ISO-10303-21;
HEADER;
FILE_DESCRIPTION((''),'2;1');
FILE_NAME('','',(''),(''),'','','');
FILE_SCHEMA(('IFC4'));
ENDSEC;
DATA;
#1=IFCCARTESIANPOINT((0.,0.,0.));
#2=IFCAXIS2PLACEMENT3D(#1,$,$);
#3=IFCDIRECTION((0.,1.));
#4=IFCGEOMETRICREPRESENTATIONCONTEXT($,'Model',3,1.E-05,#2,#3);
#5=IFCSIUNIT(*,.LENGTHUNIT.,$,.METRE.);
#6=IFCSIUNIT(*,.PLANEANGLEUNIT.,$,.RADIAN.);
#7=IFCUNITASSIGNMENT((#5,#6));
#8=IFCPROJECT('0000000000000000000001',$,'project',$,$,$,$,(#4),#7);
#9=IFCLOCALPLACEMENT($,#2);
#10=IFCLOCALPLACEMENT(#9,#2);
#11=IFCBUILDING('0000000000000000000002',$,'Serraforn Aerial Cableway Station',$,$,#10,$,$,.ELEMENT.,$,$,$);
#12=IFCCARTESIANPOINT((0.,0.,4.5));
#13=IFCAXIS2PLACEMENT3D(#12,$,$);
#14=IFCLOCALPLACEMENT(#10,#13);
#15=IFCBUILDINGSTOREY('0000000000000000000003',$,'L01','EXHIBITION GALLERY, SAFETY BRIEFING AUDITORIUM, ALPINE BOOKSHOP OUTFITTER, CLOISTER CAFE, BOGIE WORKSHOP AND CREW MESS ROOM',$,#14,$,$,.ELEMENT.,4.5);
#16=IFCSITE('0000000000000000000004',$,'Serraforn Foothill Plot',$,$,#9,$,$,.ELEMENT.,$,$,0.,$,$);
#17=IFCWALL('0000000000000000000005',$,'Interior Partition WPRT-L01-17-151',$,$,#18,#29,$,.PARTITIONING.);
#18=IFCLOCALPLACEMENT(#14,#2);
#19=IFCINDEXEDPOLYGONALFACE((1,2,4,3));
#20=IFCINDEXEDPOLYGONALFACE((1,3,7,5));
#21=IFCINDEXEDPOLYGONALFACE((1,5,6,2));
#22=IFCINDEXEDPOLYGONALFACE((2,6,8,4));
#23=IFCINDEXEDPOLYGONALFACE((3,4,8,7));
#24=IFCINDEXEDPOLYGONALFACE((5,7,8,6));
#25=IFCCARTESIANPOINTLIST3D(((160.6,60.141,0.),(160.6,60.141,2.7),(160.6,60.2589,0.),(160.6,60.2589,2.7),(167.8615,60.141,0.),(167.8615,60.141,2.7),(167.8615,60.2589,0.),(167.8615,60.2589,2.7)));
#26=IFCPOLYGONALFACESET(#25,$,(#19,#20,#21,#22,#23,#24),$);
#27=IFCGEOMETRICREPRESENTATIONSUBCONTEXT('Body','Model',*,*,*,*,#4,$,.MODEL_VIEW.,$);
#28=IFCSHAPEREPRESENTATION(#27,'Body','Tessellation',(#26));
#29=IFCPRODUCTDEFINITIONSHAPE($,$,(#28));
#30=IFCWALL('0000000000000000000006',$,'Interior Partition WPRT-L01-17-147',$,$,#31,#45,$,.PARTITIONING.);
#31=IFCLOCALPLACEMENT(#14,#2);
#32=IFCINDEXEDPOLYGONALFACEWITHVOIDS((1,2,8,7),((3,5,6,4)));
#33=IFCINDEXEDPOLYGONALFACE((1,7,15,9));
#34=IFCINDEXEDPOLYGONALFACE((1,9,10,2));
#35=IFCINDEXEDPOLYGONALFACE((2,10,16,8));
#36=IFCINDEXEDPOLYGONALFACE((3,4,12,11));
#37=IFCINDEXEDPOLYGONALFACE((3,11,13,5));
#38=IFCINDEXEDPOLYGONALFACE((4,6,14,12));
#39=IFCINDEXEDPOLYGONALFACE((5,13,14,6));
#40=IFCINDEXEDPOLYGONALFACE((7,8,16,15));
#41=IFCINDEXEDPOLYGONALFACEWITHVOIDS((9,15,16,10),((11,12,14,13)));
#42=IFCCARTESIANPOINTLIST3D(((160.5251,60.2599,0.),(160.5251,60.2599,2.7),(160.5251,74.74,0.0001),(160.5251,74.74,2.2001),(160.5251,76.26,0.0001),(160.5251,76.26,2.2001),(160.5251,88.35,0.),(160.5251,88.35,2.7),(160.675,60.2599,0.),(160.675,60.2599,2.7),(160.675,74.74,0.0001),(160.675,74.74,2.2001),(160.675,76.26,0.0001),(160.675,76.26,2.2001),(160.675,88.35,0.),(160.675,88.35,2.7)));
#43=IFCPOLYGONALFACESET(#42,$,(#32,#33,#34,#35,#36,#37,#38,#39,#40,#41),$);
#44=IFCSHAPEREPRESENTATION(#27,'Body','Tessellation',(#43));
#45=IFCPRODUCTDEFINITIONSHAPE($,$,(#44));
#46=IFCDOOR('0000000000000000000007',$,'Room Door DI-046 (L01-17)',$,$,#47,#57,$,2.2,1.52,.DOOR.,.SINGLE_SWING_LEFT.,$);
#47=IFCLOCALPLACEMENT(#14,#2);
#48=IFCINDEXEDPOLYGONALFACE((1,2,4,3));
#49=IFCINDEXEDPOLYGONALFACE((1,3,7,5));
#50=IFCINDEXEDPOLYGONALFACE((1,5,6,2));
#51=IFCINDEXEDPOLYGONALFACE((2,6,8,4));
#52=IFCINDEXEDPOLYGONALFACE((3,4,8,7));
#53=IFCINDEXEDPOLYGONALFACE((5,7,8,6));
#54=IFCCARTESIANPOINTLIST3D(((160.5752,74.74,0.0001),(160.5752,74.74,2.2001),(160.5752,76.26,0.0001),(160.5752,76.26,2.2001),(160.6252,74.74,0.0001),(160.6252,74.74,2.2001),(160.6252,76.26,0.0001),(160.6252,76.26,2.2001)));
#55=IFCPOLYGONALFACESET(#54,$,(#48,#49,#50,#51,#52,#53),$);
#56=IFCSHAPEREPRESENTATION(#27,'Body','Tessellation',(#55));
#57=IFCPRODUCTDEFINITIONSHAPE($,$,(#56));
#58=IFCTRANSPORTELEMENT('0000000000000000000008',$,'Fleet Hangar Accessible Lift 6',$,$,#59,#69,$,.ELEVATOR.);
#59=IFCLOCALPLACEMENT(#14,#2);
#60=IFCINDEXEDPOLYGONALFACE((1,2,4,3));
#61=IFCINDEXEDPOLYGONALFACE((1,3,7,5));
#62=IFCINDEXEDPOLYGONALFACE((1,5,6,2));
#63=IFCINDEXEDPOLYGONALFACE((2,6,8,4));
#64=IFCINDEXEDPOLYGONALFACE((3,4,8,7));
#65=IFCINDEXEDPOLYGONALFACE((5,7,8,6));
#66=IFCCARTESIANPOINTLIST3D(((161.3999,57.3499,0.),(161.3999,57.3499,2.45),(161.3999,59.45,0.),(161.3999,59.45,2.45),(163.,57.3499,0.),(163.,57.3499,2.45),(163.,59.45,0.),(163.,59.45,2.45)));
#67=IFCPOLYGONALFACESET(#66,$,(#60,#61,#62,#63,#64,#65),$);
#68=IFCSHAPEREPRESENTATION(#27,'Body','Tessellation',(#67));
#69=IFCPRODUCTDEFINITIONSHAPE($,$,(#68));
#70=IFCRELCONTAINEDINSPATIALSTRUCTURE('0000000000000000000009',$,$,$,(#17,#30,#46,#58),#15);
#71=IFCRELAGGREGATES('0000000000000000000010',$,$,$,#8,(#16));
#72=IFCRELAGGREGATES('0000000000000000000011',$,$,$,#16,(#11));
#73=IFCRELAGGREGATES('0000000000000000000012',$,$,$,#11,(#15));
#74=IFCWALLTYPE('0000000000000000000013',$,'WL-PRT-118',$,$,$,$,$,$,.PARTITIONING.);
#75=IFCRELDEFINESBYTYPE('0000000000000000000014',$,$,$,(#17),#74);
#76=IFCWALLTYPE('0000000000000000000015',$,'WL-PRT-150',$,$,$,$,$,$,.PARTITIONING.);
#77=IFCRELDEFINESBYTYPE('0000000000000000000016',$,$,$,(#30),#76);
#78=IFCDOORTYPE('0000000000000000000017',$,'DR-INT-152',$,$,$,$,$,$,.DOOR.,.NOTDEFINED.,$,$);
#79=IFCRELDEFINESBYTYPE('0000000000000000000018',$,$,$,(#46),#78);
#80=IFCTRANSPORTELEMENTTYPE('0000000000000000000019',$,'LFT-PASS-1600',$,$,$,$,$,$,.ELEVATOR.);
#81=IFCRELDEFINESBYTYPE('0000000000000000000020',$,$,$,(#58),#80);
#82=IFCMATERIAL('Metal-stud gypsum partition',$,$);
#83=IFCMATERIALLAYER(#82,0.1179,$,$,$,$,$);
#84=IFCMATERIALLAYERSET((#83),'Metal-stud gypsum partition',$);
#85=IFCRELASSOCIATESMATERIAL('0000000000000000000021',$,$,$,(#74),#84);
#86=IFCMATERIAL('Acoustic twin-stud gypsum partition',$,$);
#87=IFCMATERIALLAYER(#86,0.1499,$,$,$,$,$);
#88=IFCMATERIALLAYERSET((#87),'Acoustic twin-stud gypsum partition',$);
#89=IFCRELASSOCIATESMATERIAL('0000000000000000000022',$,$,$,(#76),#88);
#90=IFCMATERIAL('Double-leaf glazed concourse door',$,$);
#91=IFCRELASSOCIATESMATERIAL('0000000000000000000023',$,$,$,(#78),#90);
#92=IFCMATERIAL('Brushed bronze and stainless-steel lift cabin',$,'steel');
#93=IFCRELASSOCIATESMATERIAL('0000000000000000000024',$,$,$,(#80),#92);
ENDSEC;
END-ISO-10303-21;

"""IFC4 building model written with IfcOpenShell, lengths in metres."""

from ifc_helpers import new_model, si_unit, direction, frame, frame_2d, origin, origin_2d, place, context, subcontext, project, spatial, rectangle, extrude, material, layer, layer_set, type_object, element, fill, save


model = new_model("IFC4")

# Units and contexts
model_context = context("Model", 3, precision=1e-05, world=origin(), true_north=direction((0.0, 1.0)))
body_context = subcontext(model_context, "Body", "Model", "MODEL_VIEW")
ifc_project = project(units=[si_unit("LENGTHUNIT", "METRE"), si_unit("PLANEANGLEUNIT", "RADIAN")], contexts=[model_context])

# Site, building, storey
site_placement = place(None, origin())
site = spatial("IfcSite", under=ifc_project, at=site_placement, Name="Serraforn Foothill Plot", CompositionType="ELEMENT", RefElevation=0.0)
building_placement = place(site_placement, origin())
building = spatial("IfcBuilding", under=site, at=building_placement, Name="Serraforn Aerial Cableway Station", CompositionType="ELEMENT")
storey_placement = place(building_placement, frame((0.0, 0.0, 4.5)))
storey = spatial("IfcBuildingStorey", under=building, at=storey_placement, Name="L01", Description="EXHIBITION GALLERY, SAFETY BRIEFING AUDITORIUM, ALPINE BOOKSHOP OUTFITTER, CLOISTER CAFE, BOGIE WORKSHOP AND CREW MESS ROOM", CompositionType="ELEMENT", Elevation=4.5)

# Wall
ifc_material_1 = material(Name="Metal-stud gypsum partition")
ifc_layer_1 = layer(ifc_material_1, 0.1179)
ifc_layer_set_1 = layer_set([ifc_layer_1], Name="Metal-stud gypsum partition")
wall_type_1 = type_object("IfcWallType", Name="WL-PRT-118", PredefinedType="PARTITIONING", material=ifc_layer_set_1)
wall_1_placement = place(storey_placement, frame((167.8616, 60.2, 0.0), z_axis=(0.0, 0.0, 1.0), x_axis=(-1.0, 0.0, 0.0)))
element("IfcWall", 1, at=wall_1_placement, inside=storey, type_object=wall_type_1, Name="Interior Partition WPRT-L01-17-151", PredefinedType="PARTITIONING", context=body_context, shape_type="SweptSolid", body=[
    extrude(rectangle(XDim=7.2615, YDim=0.1179, at=frame_2d((3.6309, 0.0))), origin(), (0.0, 0.0, 1.0), 2.7),
])

# Wall, opening, door
ifc_material_2 = material(Name="Acoustic twin-stud gypsum partition")
ifc_layer_2 = layer(ifc_material_2, 0.1499)
ifc_layer_set_2 = layer_set([ifc_layer_2], Name="Acoustic twin-stud gypsum partition")
wall_type_2 = type_object("IfcWallType", Name="WL-PRT-150", PredefinedType="PARTITIONING", material=ifc_layer_set_2)
wall_2_placement = place(storey_placement, frame((160.6001, 60.26, 0.0), z_axis=(0.0, 0.0, 1.0), x_axis=(0.0, 1.0, 0.0)))
wall_2 = element("IfcWall", 2, at=wall_2_placement, inside=storey, type_object=wall_type_2, Name="Interior Partition WPRT-L01-17-147", PredefinedType="PARTITIONING", context=body_context, shape_type="SweptSolid", body=[
    extrude(rectangle(XDim=28.0901, YDim=0.1499, at=frame_2d((14.0449, 0.0))), origin(), (0.0, 0.0, 1.0), 2.7),
])
opening_1_placement = place(wall_2_placement, frame((14.48, 0.0, 0.0)))
opening_1 = element("IfcOpeningElement", 3, at=opening_1_placement, cuts=wall_2, PredefinedType="OPENING", context=body_context, shape_type="SweptSolid", body=[
    extrude(rectangle(XDim=1.52, YDim=2.2, at=frame_2d((0.76, 1.1001))), frame((0.0, 0.085, 0.0), z_axis=(0.0, -1.0, 0.0), x_axis=(1.0, 0.0, 0.0)), (0.0, 0.0, 1.0), 0.1699),
])
ifc_material_3 = material(Name="Double-leaf glazed concourse door")
door_type_1 = type_object("IfcDoorType", Name="DR-INT-152", OperationType="NOTDEFINED", PredefinedType="DOOR", material=ifc_material_3)
door_1_placement = place(opening_1_placement, origin())
door_1 = element("IfcDoor", 4, at=door_1_placement, inside=storey, type_object=door_type_1, Name="Room Door DI-046 (L01-17)", OperationType="SINGLE_SWING_LEFT", OverallHeight=2.2, OverallWidth=1.52, PredefinedType="DOOR", context=body_context, shape_type="SweptSolid", body=[
    extrude(rectangle(XDim=1.52, YDim=2.2, at=frame_2d((0.76, 1.1001))), frame((0.0, 0.0249, 0.0), z_axis=(0.0, -1.0, 0.0), x_axis=(1.0, 0.0, 0.0)), (0.0, 0.0, 1.0), 0.05),
])
fill(opening_1, door_1)

# Transport element
ifc_material_4 = material(Name="Brushed bronze and stainless-steel lift cabin", Category="steel")
transport_element_type = type_object("IfcTransportElementType", Name="LFT-PASS-1600", PredefinedType="ELEVATOR", material=ifc_material_4)
transport_element_placement = place(storey_placement, frame((162.2, 58.3999, 0.0), z_axis=(0.0, 0.0, 1.0), x_axis=(1.0, 0.0, 0.0)))
element("IfcTransportElement", 5, at=transport_element_placement, inside=storey, type_object=transport_element_type, Name="Fleet Hangar Accessible Lift 6", PredefinedType="ELEVATOR", context=body_context, shape_type="SweptSolid", body=[
    extrude(rectangle(XDim=1.6001, YDim=2.1001, at=origin_2d()), origin(), (0.0, 0.0, 1.0), 2.45),
])

save(model, "model.ifc")
